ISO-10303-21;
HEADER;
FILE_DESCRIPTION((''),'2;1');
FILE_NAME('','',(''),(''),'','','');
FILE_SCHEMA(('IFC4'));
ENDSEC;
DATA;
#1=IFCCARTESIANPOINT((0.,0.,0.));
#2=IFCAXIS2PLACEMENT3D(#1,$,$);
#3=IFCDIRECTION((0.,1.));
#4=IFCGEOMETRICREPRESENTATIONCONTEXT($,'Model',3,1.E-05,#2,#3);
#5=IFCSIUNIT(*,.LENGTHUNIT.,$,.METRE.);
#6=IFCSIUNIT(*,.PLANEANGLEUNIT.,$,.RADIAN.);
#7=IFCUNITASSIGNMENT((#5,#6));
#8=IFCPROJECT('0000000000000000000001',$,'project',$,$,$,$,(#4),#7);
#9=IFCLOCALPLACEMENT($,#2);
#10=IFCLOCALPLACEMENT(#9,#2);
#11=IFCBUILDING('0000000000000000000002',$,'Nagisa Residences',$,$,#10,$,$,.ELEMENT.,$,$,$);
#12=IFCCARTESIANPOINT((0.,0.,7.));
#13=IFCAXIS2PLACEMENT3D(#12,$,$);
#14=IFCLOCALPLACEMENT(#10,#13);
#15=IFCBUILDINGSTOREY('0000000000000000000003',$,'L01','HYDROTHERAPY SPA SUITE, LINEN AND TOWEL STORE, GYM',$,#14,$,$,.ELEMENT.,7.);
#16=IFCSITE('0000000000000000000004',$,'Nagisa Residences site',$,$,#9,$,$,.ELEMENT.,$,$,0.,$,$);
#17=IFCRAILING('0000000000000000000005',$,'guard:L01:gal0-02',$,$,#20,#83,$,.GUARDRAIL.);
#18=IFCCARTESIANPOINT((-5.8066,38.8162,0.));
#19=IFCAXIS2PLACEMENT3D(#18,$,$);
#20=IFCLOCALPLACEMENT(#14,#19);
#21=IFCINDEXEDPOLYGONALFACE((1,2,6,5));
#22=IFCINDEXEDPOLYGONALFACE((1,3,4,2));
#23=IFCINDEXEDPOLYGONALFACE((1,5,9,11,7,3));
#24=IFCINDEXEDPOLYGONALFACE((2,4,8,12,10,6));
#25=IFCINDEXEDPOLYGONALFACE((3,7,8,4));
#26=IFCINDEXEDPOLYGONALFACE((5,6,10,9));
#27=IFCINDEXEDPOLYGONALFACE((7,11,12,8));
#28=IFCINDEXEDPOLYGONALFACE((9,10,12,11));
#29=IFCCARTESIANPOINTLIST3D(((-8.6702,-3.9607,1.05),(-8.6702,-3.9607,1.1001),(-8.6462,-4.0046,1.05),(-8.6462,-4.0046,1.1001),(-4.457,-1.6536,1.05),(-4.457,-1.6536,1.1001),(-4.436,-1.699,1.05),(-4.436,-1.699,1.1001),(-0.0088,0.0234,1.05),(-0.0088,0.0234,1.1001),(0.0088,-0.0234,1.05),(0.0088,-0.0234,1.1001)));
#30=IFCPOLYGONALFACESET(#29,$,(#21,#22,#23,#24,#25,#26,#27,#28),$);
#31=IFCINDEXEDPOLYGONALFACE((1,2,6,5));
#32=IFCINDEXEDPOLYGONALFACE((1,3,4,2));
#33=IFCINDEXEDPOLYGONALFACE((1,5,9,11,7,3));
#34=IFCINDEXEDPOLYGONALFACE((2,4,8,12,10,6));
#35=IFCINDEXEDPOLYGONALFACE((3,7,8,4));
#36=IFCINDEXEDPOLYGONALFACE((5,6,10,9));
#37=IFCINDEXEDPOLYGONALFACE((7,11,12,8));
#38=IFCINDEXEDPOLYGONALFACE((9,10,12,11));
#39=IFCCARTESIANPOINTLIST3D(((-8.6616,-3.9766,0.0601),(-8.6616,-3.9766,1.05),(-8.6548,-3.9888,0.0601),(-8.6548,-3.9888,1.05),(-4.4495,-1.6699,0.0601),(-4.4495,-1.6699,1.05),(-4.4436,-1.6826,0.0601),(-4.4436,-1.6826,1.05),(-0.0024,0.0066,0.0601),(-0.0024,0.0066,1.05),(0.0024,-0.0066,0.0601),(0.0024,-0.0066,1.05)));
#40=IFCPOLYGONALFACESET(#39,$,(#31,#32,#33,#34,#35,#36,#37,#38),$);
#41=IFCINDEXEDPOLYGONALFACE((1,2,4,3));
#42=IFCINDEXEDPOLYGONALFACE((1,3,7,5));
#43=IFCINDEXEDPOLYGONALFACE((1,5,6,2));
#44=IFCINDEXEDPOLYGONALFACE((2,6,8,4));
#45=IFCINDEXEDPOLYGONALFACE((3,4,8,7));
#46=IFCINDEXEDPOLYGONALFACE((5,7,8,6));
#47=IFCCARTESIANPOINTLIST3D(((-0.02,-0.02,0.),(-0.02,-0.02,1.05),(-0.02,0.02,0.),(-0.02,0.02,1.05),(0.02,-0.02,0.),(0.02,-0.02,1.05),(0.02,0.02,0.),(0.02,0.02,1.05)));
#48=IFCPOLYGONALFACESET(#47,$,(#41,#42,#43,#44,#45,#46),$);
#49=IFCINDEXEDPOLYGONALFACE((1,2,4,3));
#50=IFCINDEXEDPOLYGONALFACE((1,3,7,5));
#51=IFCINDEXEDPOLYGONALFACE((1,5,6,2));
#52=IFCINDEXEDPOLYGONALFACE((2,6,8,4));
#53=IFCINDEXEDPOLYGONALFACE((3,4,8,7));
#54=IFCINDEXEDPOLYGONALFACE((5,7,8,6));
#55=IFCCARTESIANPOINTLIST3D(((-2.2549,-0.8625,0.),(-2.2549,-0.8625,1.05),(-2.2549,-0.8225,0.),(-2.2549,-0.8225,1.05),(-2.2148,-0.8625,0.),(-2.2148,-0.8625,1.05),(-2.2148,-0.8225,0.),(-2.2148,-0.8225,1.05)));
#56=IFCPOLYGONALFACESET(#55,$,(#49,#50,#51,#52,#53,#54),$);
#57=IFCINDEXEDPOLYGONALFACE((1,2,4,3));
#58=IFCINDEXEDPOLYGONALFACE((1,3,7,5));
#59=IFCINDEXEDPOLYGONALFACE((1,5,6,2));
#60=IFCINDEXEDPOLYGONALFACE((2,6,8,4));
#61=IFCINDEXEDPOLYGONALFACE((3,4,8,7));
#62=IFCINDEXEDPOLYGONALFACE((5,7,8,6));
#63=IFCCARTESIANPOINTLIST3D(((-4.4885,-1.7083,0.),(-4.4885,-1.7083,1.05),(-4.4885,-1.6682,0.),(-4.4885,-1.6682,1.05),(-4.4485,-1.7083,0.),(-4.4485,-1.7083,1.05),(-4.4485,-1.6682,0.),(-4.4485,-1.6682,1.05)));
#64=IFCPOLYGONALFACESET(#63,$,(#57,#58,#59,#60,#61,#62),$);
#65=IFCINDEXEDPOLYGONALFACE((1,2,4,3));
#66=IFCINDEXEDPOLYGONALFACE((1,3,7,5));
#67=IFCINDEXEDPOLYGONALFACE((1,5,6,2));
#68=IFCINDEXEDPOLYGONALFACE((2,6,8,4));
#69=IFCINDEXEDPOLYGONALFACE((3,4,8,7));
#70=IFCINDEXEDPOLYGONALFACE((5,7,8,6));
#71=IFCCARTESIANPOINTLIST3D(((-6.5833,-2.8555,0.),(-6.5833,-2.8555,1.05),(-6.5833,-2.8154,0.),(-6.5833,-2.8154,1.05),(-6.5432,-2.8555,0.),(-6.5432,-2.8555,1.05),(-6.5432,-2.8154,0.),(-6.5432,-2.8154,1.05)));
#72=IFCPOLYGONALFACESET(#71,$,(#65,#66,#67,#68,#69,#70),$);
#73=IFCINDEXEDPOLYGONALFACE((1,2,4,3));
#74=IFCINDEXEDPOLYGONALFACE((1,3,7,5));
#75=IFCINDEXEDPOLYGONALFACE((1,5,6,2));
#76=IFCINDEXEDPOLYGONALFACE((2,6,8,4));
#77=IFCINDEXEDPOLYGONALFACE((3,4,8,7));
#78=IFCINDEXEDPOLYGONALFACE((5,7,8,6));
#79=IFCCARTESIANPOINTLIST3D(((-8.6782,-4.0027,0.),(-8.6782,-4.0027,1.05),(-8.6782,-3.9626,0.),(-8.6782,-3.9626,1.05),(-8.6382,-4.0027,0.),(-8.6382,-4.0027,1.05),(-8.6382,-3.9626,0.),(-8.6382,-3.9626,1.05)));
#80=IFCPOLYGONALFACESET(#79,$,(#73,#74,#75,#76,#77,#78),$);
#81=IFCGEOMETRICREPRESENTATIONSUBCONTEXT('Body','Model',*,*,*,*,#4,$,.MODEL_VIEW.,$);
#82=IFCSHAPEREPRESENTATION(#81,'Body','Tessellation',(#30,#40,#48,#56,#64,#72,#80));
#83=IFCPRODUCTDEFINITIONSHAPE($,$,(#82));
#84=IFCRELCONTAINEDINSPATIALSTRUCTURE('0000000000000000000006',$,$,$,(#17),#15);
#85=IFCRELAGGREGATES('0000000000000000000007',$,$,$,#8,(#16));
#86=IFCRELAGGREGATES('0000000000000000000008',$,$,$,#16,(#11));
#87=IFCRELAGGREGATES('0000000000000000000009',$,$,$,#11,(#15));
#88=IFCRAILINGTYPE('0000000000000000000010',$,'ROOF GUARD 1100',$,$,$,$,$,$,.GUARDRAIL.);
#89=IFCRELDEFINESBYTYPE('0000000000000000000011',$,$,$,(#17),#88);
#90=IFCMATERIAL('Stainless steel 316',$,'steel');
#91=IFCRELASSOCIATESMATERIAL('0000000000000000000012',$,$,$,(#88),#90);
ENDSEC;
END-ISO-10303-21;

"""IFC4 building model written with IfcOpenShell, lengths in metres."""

from ifc_helpers import new_model, si_unit, direction, frame, origin, origin_2d, place, context, subcontext, project, spatial, polyline, rectangle, outline, extrude, material, type_object, element, save


model = new_model("IFC4")

# Units and contexts
model_context = context("Model", 3, precision=1e-05, world=origin(), true_north=direction((0.0, 1.0)))
body_context = subcontext(model_context, "Body", "Model", "MODEL_VIEW")
ifc_project = project(units=[si_unit("LENGTHUNIT", "METRE"), si_unit("PLANEANGLEUNIT", "RADIAN")], contexts=[model_context])

# Site, building, storey
site_placement = place(None, origin())
site = spatial("IfcSite", under=ifc_project, at=site_placement, Name="Nagisa Residences site", CompositionType="ELEMENT", RefElevation=0.0)
building_placement = place(site_placement, origin())
building = spatial("IfcBuilding", under=site, at=building_placement, Name="Nagisa Residences", CompositionType="ELEMENT")
storey_placement = place(building_placement, frame((0.0, 0.0, 7.0)))
storey = spatial("IfcBuildingStorey", under=building, at=storey_placement, Name="L01", Description="HYDROTHERAPY SPA SUITE, LINEN AND TOWEL STORE, GYM", CompositionType="ELEMENT", Elevation=7.0)

# Railing
ifc_material_1 = material(Name="Stainless steel 316", Category="steel")
railing_type = type_object("IfcRailingType", Name="ROOF GUARD 1100", PredefinedType="GUARDRAIL", material=ifc_material_1)
railing_1_placement = place(storey_placement, frame((-5.8066, 38.8162, 0.0)))
element("IfcRailing", 1, at=railing_1_placement, inside=storey, type_object=railing_type, Name="guard:L01:gal0-02", PredefinedType="GUARDRAIL", context=body_context, shape_type="SweptSolid", body=[
    extrude(outline(polyline([(-4.436, -1.699), (0.0088, -0.0234), (-0.0088, 0.0234), (-4.457, -1.6536), (-8.6702, -3.9607), (-8.6462, -4.0046), (-4.436, -1.699)])), frame((0.0, 0.0, 1.05)), (0.0, 0.0, 1.0), 0.05),
    extrude(outline(polyline([(-4.4436, -1.6826), (0.0024, -0.0066), (-0.0024, 0.0066), (-4.4495, -1.6699), (-8.6616, -3.9766), (-8.6548, -3.9888), (-4.4436, -1.6826)])), frame((0.0, 0.0, 0.0601)), (0.0, 0.0, 1.0), 0.99),
    extrude(rectangle(XDim=0.04, YDim=0.04, at=origin_2d()), origin(), (0.0, 0.0, 1.0), 1.05),
    extrude(rectangle(XDim=0.04, YDim=0.04, at=origin_2d()), frame((-2.2349, -0.8425, 0.0)), (0.0, 0.0, 1.0), 1.05),
    extrude(rectangle(XDim=0.04, YDim=0.04, at=origin_2d()), frame((-4.4685, -1.6882, 0.0)), (0.0, 0.0, 1.0), 1.05),
    extrude(rectangle(XDim=0.04, YDim=0.04, at=origin_2d()), frame((-6.5632, -2.8354, 0.0)), (0.0, 0.0, 1.0), 1.05),
    extrude(rectangle(XDim=0.04, YDim=0.04, at=origin_2d()), frame((-8.6582, -3.9827, 0.0)), (0.0, 0.0, 1.0), 1.05),
])

save(model, "model.ifc")
